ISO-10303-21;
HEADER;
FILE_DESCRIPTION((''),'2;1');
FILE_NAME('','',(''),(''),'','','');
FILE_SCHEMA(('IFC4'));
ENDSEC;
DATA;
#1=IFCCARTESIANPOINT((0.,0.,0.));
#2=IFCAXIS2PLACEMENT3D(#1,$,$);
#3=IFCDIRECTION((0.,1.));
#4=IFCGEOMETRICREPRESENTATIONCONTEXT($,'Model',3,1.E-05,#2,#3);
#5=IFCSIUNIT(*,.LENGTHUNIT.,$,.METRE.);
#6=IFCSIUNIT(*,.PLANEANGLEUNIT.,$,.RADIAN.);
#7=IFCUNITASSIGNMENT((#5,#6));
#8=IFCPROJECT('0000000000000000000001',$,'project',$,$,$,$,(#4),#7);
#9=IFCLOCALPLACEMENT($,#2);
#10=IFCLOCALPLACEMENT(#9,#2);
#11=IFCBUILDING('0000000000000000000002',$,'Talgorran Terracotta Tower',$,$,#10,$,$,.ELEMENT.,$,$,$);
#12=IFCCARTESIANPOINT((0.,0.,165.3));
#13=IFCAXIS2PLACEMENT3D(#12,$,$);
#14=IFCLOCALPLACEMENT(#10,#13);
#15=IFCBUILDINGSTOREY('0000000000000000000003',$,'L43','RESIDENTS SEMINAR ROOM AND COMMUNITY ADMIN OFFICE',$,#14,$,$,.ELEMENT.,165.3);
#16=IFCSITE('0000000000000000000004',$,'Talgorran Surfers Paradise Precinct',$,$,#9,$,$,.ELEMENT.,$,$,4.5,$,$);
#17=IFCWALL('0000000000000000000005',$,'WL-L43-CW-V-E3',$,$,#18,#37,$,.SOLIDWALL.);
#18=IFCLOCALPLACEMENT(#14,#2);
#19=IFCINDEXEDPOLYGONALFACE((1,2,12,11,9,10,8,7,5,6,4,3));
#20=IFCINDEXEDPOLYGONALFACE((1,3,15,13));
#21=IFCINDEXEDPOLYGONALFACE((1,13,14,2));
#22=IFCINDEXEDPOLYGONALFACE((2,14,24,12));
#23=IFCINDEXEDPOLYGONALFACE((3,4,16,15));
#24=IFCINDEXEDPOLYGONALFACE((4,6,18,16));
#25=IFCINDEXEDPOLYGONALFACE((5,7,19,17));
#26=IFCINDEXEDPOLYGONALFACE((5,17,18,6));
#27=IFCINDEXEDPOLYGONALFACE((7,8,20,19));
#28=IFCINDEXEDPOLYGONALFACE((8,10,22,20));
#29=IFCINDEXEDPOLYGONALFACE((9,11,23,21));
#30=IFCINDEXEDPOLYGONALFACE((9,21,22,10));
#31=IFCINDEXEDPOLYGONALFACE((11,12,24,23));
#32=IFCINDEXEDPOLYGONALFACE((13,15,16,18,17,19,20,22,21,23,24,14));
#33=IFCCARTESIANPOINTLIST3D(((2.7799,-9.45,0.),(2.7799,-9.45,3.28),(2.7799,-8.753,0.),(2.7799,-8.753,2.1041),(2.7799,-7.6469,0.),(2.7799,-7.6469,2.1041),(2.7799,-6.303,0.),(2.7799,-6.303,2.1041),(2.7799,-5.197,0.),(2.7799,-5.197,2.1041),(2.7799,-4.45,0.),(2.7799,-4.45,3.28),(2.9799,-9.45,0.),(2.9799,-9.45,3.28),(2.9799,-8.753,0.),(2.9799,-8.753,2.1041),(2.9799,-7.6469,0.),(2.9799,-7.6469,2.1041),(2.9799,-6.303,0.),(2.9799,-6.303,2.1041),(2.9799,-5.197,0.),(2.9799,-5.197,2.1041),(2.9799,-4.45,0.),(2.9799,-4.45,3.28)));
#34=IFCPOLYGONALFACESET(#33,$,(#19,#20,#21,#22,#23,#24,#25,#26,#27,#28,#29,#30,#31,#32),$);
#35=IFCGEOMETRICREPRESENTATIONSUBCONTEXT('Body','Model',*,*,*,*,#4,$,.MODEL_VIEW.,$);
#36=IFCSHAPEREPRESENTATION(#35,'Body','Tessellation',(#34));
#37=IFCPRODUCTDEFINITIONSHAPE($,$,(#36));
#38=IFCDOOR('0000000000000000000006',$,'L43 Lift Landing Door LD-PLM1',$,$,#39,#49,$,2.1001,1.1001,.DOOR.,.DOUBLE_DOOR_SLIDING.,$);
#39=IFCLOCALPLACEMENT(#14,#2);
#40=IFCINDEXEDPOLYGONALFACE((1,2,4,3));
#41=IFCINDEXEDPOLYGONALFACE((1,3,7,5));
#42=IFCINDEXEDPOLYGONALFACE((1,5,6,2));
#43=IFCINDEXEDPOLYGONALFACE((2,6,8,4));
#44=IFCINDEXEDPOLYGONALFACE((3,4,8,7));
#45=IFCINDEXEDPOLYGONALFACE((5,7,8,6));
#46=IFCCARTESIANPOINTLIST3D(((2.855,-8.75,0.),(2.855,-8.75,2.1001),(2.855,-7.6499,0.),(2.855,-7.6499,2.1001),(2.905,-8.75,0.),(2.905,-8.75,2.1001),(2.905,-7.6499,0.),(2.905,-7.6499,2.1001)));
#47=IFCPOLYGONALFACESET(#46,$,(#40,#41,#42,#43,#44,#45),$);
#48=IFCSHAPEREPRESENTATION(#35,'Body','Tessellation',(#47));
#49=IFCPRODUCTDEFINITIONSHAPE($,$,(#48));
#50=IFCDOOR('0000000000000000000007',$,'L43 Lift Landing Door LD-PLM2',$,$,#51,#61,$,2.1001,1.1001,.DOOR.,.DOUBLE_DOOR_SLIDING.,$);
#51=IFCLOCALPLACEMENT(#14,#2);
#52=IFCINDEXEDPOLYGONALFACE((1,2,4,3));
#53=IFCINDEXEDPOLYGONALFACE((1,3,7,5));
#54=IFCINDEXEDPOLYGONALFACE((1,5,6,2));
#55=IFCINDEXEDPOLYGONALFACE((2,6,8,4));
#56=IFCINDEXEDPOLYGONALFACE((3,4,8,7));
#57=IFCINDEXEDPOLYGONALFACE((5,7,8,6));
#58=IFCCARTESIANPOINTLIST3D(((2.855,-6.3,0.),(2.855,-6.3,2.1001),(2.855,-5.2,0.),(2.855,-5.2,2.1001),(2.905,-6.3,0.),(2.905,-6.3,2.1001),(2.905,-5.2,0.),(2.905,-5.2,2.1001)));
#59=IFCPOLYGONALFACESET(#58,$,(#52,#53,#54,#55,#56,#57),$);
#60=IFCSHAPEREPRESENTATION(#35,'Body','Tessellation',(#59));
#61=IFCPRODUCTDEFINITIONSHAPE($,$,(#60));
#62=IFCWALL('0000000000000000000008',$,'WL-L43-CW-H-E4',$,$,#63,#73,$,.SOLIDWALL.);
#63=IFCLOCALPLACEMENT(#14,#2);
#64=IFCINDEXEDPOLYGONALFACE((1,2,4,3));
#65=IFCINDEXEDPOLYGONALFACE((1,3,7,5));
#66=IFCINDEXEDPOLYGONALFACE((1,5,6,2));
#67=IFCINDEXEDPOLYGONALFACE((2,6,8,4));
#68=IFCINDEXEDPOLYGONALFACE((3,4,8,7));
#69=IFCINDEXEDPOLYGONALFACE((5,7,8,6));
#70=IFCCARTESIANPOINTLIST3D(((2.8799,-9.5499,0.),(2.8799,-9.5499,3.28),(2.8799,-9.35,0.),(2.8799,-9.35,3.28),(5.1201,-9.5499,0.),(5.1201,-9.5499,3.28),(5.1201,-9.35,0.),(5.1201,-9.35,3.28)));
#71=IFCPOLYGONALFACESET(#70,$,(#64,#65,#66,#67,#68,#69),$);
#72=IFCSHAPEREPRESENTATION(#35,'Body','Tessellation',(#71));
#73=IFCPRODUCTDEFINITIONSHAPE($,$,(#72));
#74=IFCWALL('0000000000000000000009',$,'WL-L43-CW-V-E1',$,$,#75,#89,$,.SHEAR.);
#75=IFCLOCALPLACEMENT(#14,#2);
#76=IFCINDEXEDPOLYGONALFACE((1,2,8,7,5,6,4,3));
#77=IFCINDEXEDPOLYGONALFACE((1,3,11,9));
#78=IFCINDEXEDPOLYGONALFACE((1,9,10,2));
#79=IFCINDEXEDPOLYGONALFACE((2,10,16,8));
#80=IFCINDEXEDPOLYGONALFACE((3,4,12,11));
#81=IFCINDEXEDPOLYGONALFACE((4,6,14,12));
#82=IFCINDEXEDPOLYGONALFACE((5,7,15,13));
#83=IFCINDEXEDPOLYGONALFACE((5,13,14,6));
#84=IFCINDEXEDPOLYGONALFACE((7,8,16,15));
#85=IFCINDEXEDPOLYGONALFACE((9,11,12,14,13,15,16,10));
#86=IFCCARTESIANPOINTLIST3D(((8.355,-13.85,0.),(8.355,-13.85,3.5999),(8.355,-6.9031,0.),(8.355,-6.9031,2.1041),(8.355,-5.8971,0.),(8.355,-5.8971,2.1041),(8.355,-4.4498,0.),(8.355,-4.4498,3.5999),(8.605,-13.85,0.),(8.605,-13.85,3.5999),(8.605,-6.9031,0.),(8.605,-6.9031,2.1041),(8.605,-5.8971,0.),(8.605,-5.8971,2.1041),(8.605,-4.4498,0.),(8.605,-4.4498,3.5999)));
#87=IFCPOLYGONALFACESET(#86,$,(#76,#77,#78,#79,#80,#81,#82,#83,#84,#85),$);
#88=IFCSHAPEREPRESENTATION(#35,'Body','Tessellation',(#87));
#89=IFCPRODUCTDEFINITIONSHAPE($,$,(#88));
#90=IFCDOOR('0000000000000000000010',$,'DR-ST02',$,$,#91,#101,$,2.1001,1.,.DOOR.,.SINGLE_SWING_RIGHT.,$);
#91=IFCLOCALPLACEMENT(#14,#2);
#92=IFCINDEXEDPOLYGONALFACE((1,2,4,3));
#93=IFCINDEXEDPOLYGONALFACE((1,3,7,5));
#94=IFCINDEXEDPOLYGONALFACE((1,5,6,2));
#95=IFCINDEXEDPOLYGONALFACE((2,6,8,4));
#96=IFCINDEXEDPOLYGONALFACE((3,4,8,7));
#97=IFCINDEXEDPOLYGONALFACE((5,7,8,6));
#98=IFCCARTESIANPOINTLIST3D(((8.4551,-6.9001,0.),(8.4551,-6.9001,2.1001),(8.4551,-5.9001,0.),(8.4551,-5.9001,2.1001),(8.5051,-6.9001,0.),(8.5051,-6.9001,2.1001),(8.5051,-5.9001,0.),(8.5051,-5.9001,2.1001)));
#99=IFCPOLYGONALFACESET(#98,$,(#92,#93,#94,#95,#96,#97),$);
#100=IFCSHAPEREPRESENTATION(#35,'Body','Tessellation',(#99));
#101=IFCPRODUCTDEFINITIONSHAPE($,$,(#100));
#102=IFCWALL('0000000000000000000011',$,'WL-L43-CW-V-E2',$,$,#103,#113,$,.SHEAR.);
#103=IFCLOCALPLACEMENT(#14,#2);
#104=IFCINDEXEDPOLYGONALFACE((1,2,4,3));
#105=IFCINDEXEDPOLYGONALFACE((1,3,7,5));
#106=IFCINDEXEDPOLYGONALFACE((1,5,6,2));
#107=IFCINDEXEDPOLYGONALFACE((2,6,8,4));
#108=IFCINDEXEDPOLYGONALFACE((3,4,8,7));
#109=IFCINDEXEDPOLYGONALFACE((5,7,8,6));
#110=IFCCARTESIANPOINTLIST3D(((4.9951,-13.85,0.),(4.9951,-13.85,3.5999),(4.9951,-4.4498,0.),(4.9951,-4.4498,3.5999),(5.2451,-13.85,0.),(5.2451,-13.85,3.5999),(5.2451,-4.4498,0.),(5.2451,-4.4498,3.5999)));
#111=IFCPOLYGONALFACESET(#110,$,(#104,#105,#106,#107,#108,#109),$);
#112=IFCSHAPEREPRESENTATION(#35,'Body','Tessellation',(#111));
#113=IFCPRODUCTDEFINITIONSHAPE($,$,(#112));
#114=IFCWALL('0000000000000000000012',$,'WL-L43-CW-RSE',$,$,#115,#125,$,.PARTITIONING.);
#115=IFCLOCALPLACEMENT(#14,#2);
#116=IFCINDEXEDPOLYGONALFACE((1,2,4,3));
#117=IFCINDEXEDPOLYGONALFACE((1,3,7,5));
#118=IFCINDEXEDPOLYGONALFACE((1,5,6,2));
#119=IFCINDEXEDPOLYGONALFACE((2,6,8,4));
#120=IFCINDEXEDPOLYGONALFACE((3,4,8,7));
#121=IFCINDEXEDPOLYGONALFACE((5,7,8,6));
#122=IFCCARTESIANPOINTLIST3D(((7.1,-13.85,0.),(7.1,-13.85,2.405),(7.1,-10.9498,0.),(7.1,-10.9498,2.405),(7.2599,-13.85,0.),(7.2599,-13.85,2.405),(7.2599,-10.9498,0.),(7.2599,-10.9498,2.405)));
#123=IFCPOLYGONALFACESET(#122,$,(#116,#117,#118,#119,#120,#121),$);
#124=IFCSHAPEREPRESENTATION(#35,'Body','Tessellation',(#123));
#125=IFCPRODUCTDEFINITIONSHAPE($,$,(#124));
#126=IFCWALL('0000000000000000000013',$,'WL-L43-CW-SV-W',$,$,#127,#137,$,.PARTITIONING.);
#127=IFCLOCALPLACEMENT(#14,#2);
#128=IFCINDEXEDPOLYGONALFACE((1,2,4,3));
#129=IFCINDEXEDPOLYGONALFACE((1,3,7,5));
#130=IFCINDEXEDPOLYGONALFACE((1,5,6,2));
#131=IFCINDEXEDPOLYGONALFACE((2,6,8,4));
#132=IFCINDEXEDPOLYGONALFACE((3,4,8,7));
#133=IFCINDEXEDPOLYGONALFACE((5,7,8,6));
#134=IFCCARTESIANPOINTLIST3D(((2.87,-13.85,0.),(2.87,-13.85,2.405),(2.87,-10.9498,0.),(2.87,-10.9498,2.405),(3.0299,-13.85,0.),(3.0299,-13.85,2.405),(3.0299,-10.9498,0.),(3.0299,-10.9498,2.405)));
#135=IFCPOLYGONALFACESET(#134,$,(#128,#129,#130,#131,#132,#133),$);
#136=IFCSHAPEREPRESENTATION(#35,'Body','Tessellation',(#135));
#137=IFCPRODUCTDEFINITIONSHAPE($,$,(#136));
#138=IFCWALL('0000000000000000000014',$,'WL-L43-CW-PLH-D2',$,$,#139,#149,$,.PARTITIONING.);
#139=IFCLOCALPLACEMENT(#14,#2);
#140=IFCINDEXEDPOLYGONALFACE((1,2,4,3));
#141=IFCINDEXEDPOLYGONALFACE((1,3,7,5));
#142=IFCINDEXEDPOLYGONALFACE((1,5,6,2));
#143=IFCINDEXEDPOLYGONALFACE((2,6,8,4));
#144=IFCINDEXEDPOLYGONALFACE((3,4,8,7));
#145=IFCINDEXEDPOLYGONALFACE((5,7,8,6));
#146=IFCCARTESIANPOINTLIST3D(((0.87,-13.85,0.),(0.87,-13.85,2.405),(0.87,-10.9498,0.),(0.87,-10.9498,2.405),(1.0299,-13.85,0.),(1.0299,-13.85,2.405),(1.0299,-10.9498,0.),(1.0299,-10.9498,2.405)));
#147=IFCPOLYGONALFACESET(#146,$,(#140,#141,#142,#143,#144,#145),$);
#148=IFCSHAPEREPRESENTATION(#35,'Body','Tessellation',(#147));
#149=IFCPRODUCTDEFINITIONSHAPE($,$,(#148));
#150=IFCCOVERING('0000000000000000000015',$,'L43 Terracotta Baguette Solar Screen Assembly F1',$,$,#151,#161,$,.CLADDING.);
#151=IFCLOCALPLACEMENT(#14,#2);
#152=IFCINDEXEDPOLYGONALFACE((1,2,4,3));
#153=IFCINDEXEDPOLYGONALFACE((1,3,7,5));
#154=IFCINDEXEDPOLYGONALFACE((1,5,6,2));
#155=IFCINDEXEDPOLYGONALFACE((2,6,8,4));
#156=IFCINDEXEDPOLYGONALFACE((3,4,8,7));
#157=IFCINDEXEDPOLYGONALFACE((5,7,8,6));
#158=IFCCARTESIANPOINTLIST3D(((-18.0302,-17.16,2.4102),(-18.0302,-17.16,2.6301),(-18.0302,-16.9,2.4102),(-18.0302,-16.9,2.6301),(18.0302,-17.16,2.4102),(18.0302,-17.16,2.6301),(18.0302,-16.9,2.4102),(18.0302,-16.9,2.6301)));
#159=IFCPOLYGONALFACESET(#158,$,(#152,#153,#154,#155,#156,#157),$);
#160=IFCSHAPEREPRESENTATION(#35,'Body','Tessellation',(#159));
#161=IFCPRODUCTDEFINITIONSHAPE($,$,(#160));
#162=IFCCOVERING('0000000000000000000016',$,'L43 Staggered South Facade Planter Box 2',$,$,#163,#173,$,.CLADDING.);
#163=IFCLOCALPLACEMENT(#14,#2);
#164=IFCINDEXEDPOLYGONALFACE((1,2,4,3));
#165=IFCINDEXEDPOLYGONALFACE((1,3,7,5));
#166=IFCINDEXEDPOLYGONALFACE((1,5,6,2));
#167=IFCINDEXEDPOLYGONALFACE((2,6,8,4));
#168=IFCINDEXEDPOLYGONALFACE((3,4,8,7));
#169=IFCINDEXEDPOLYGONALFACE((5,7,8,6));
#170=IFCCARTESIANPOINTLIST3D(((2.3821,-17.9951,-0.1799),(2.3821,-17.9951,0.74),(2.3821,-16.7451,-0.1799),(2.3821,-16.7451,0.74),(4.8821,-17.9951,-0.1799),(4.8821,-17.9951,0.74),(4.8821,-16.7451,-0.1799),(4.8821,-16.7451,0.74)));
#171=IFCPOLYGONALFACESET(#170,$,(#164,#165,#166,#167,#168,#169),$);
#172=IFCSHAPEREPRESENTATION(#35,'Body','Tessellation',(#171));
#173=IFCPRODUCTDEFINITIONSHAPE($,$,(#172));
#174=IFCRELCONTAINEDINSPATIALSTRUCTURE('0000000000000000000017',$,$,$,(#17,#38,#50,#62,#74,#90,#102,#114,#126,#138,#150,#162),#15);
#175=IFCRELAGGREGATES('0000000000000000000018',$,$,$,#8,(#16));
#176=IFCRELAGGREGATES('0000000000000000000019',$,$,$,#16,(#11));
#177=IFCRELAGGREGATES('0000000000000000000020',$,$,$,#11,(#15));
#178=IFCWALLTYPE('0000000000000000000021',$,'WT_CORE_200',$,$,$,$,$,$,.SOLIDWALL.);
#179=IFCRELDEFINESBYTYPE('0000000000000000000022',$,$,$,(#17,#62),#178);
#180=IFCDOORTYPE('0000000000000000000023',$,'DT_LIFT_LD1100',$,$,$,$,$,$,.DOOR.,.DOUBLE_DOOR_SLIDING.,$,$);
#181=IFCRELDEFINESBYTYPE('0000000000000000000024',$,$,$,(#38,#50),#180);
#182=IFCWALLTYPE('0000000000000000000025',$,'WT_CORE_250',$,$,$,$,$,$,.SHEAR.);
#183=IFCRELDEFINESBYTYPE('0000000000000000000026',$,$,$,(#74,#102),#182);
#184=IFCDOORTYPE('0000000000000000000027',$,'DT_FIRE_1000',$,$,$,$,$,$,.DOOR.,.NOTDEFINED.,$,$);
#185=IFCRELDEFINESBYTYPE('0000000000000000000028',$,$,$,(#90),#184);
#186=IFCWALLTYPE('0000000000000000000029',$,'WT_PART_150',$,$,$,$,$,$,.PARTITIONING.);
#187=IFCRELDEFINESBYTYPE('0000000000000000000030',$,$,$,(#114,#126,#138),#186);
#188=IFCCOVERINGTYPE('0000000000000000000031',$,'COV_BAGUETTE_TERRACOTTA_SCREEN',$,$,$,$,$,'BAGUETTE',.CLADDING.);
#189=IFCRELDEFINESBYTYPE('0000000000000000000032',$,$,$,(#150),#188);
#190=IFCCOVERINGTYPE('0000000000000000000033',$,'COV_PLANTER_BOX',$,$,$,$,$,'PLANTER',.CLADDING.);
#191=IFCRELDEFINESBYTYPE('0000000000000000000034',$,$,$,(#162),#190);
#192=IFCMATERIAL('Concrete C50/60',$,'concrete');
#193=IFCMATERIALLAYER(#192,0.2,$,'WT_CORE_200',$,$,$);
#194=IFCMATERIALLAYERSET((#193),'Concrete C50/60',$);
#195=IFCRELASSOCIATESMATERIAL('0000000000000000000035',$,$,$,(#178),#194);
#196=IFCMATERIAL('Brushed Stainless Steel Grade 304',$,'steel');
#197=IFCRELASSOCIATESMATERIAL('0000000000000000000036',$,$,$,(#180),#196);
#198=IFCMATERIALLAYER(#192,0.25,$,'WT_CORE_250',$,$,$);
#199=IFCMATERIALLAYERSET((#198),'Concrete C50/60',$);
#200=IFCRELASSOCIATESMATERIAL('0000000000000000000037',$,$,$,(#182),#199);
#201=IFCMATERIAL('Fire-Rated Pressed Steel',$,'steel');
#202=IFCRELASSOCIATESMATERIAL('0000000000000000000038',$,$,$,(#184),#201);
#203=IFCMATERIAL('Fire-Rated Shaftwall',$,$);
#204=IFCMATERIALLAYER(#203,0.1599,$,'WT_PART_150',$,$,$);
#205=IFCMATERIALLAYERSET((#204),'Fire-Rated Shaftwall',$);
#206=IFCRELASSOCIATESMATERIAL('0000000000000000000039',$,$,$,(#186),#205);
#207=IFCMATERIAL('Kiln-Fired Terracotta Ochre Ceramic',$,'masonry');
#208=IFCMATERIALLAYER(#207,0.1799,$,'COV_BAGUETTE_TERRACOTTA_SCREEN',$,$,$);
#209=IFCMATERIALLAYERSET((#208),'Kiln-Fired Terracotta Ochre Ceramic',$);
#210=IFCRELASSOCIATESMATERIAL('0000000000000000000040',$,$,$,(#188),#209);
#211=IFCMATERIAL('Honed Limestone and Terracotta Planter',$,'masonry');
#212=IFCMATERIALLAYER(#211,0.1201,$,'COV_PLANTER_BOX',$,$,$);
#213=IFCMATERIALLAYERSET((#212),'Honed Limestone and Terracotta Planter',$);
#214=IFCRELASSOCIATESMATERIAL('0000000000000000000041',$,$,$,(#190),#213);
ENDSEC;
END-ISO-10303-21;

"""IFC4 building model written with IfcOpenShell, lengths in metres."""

from ifc_helpers import new_model, si_unit, direction, frame, frame_2d, origin, origin_2d, place, context, subcontext, project, spatial, rectangle, extrude, material, layer, layer_set, type_object, element, fill, save


model = new_model("IFC4")

# Units and contexts
model_context = context("Model", 3, precision=1e-05, world=origin(), true_north=direction((0.0, 1.0)))
body_context = subcontext(model_context, "Body", "Model", "MODEL_VIEW")
ifc_project = project(units=[si_unit("LENGTHUNIT", "METRE"), si_unit("PLANEANGLEUNIT", "RADIAN")], contexts=[model_context])

# Site, building, storey
site_placement = place(None, origin())
site = spatial("IfcSite", under=ifc_project, at=site_placement, Name="Talgorran Surfers Paradise Precinct", CompositionType="ELEMENT", RefElevation=4.5)
building_placement = place(site_placement, origin())
building = spatial("IfcBuilding", under=site, at=building_placement, Name="Talgorran Terracotta Tower", CompositionType="ELEMENT")
storey_placement = place(building_placement, frame((0.0, 0.0, 165.3)))
storey = spatial("IfcBuildingStorey", under=building, at=storey_placement, Name="L43", Description="RESIDENTS SEMINAR ROOM AND COMMUNITY ADMIN OFFICE", CompositionType="ELEMENT", Elevation=165.3)

# Shared definitions
ifc_material_1 = material(Name="Concrete C50/60", Category="concrete")

# Shared definitions
ifc_layer_1 = layer(ifc_material_1, 0.2, Name="WT_CORE_200")
ifc_layer_set_1 = layer_set([ifc_layer_1], Name="Concrete C50/60")
wall_type_1 = type_object("IfcWallType", Name="WT_CORE_200", PredefinedType="SOLIDWALL", material=ifc_layer_set_1)

# Wall, openings, doors
ifc_material_2 = material(Name="Brushed Stainless Steel Grade 304", Category="steel")
door_type_1 = type_object("IfcDoorType", Name="DT_LIFT_LD1100", OperationType="DOUBLE_DOOR_SLIDING", PredefinedType="DOOR", material=ifc_material_2)
ifc_material_3 = material(Name="Fire-Rated Pressed Steel", Category="steel")
wall_1_placement = place(storey_placement, frame((2.8799, -9.45, 0.0), z_axis=(0.0, 0.0, 1.0), x_axis=(0.0, 1.0, 0.0)))
wall_1 = element("IfcWall", 1, at=wall_1_placement, inside=storey, type_object=wall_type_1, Name="WL-L43-CW-V-E3", PredefinedType="SOLIDWALL", context=body_context, shape_type="SweptSolid", body=[
    extrude(rectangle(XDim=5.0, YDim=0.2, at=frame_2d((2.5, 0.0))), origin(), (0.0, 0.0, 1.0), 3.28),
])
opening_1_placement = place(wall_1_placement, frame((0.7, 0.0, 0.0)))
opening_1 = element("IfcOpeningElement", 2, at=opening_1_placement, cuts=wall_1, PredefinedType="OPENING", context=body_context, shape_type="SweptSolid", body=[
    extrude(rectangle(XDim=1.1061, YDim=2.1041, at=frame_2d((0.55, 1.052))), frame((0.0, 0.1099, 0.0), z_axis=(0.0, -1.0, 0.0), x_axis=(1.0, 0.0, 0.0)), (0.0, 0.0, 1.0), 0.22),
])
opening_2_placement = place(wall_1_placement, frame((3.1499, 0.0, 0.0)))
opening_2 = element("IfcOpeningElement", 3, at=opening_2_placement, cuts=wall_1, PredefinedType="OPENING", context=body_context, shape_type="SweptSolid", body=[
    extrude(rectangle(XDim=1.1061, YDim=2.1041, at=frame_2d((0.55, 1.052))), frame((0.0, 0.1099, 0.0), z_axis=(0.0, -1.0, 0.0), x_axis=(1.0, 0.0, 0.0)), (0.0, 0.0, 1.0), 0.22),
])
door_1_placement = place(opening_1_placement, origin())
door_1 = element("IfcDoor", 4, at=door_1_placement, inside=storey, type_object=door_type_1, Name="L43 Lift Landing Door LD-PLM1", OperationType="DOUBLE_DOOR_SLIDING", OverallHeight=2.1001, OverallWidth=1.1001, PredefinedType="DOOR", context=body_context, shape_type="SweptSolid", body=[
    extrude(rectangle(XDim=1.1001, YDim=2.1001, at=frame_2d((0.55, 1.05))), frame((0.0, 0.0249, 0.0), z_axis=(0.0, -1.0, 0.0), x_axis=(1.0, 0.0, 0.0)), (0.0, 0.0, 1.0), 0.05),
])
fill(opening_1, door_1)
door_2_placement = place(opening_2_placement, origin())
door_2 = element("IfcDoor", 5, at=door_2_placement, inside=storey, type_object=door_type_1, Name="L43 Lift Landing Door LD-PLM2", OperationType="DOUBLE_DOOR_SLIDING", OverallHeight=2.1001, OverallWidth=1.1001, PredefinedType="DOOR", context=body_context, shape_type="SweptSolid", body=[
    extrude(rectangle(XDim=1.1001, YDim=2.1001, at=frame_2d((0.55, 1.05))), frame((0.0, 0.0249, 0.0), z_axis=(0.0, -1.0, 0.0), x_axis=(1.0, 0.0, 0.0)), (0.0, 0.0, 1.0), 0.05),
])
fill(opening_2, door_2)

# Wall
wall_2_placement = place(storey_placement, frame((2.8799, -9.45, 0.0), z_axis=(0.0, 0.0, 1.0), x_axis=(1.0, 0.0, 0.0)))
element("IfcWall", 6, at=wall_2_placement, inside=storey, type_object=wall_type_1, Name="WL-L43-CW-H-E4", PredefinedType="SOLIDWALL", context=body_context, shape_type="SweptSolid", body=[
    extrude(rectangle(XDim=2.2402, YDim=0.2, at=frame_2d((1.1201, 0.0))), origin(), (0.0, 0.0, 1.0), 3.28),
])

# Wall, opening, door
ifc_layer_2 = layer(ifc_material_1, 0.25, Name="WT_CORE_250")
ifc_layer_set_2 = layer_set([ifc_layer_2], Name="Concrete C50/60")
wall_type_2 = type_object("IfcWallType", Name="WT_CORE_250", PredefinedType="SHEAR", material=ifc_layer_set_2)
wall_3_placement = place(storey_placement, frame((8.48, -13.8501, 0.0), z_axis=(0.0, 0.0, 1.0), x_axis=(0.0, 1.0, 0.0)))
wall_3 = element("IfcWall", 7, at=wall_3_placement, inside=storey, type_object=wall_type_2, Name="WL-L43-CW-V-E1", PredefinedType="SHEAR", context=body_context, shape_type="SweptSolid", body=[
    extrude(rectangle(XDim=9.4001, YDim=0.25, at=frame_2d((4.7002, 0.0))), origin(), (0.0, 0.0, 1.0), 3.5999),
])
opening_3_placement = place(wall_3_placement, frame((6.95, 0.0, 0.0)))
opening_3 = element("IfcOpeningElement", 8, at=opening_3_placement, cuts=wall_3, PredefinedType="OPENING", context=body_context, shape_type="SweptSolid", body=[
    extrude(rectangle(XDim=1.006, YDim=2.1041, at=frame_2d((0.5, 1.052))), frame((0.0, 0.135, 0.0), z_axis=(0.0, -1.0, 0.0), x_axis=(1.0, 0.0, 0.0)), (0.0, 0.0, 1.0), 0.27),
])
door_type_2 = type_object("IfcDoorType", Name="DT_FIRE_1000", OperationType="NOTDEFINED", PredefinedType="DOOR", material=ifc_material_3)
door_3_placement = place(opening_3_placement, origin())
door_3 = element("IfcDoor", 9, at=door_3_placement, inside=storey, type_object=door_type_2, Name="DR-ST02", OperationType="SINGLE_SWING_RIGHT", OverallHeight=2.1001, OverallWidth=1.0, PredefinedType="DOOR", context=body_context, shape_type="SweptSolid", body=[
    extrude(rectangle(XDim=1.0, YDim=2.1001, at=frame_2d((0.5, 1.05))), frame((0.0, 0.0249, 0.0), z_axis=(0.0, -1.0, 0.0), x_axis=(1.0, 0.0, 0.0)), (0.0, 0.0, 1.0), 0.05),
])
fill(opening_3, door_3)

# Walls
wall_4_placement = place(storey_placement, frame((5.1201, -13.8501, 0.0), z_axis=(0.0, 0.0, 1.0), x_axis=(0.0, 1.0, 0.0)))
element("IfcWall", 10, at=wall_4_placement, inside=storey, type_object=wall_type_2, Name="WL-L43-CW-V-E2", PredefinedType="SHEAR", context=body_context, shape_type="SweptSolid", body=[
    extrude(rectangle(XDim=9.4001, YDim=0.25, at=frame_2d((4.7002, 0.0))), origin(), (0.0, 0.0, 1.0), 3.5999),
])
ifc_material_4 = material(Name="Fire-Rated Shaftwall")
ifc_layer_3 = layer(ifc_material_4, 0.1599, Name="WT_PART_150")
ifc_layer_set_3 = layer_set([ifc_layer_3], Name="Fire-Rated Shaftwall")
wall_type_3 = type_object("IfcWallType", Name="WT_PART_150", PredefinedType="PARTITIONING", material=ifc_layer_set_3)
for number, where, z_axis, x_axis, name in (
    (11, (7.1799, -13.8501, 0.0), (0.0, 0.0, 1.0), (0.0, 1.0, 0.0), "WL-L43-CW-RSE"),
    (12, (2.95, -13.8501, 0.0), (0.0, 0.0, 1.0), (0.0, 1.0, 0.0), "WL-L43-CW-SV-W"),
    (13, (0.95, -13.8501, 0.0), (0.0, 0.0, 1.0), (0.0, 1.0, 0.0), "WL-L43-CW-PLH-D2"),
):
    element("IfcWall", number, at=place(storey_placement, frame(where, z_axis=z_axis, x_axis=x_axis)), inside=storey, type_object=wall_type_3, Name=name, PredefinedType="PARTITIONING", context=body_context, shape_type="SweptSolid", body=[
        extrude(rectangle(XDim=2.9001, YDim=0.1599, at=frame_2d((1.4502, 0.0))), origin(), (0.0, 0.0, 1.0), 2.405),
    ])

# Coverings
ifc_material_5 = material(Name="Kiln-Fired Terracotta Ochre Ceramic", Category="masonry")
ifc_layer_4 = layer(ifc_material_5, 0.1799, Name="COV_BAGUETTE_TERRACOTTA_SCREEN")
ifc_layer_set_4 = layer_set([ifc_layer_4], Name="Kiln-Fired Terracotta Ochre Ceramic")
covering_type_1 = type_object("IfcCoveringType", Name="COV_BAGUETTE_TERRACOTTA_SCREEN", ElementType="BAGUETTE", PredefinedType="CLADDING", material=ifc_layer_set_4)
covering_1_placement = place(storey_placement, frame((0.0, -17.03, 2.4102), z_axis=(0.0, 0.0, 1.0), x_axis=(1.0, 0.0, 0.0)))
element("IfcCovering", 14, at=covering_1_placement, inside=storey, type_object=covering_type_1, Name="L43 Terracotta Baguette Solar Screen Assembly F1", PredefinedType="CLADDING", context=body_context, shape_type="SweptSolid", body=[
    extrude(rectangle(XDim=36.0603, YDim=0.26, at=origin_2d()), origin(), (0.0, 0.0, 1.0), 0.22),
])
ifc_material_6 = material(Name="Honed Limestone and Terracotta Planter", Category="masonry")
ifc_layer_5 = layer(ifc_material_6, 0.1201, Name="COV_PLANTER_BOX")
ifc_layer_set_5 = layer_set([ifc_layer_5], Name="Honed Limestone and Terracotta Planter")
covering_type_2 = type_object("IfcCoveringType", Name="COV_PLANTER_BOX", ElementType="PLANTER", PredefinedType="CLADDING", material=ifc_layer_set_5)
covering_2_placement = place(storey_placement, frame((3.6321, -17.3701, -0.1799), z_axis=(0.0, 0.0, 1.0), x_axis=(1.0, 0.0, 0.0)))
element("IfcCovering", 15, at=covering_2_placement, inside=storey, type_object=covering_type_2, Name="L43 Staggered South Facade Planter Box 2", PredefinedType="CLADDING", context=body_context, shape_type="SweptSolid", body=[
    extrude(rectangle(XDim=2.5, YDim=1.25, at=origin_2d()), origin(), (0.0, 0.0, 1.0), 0.9199),
])

save(model, "model.ifc")
